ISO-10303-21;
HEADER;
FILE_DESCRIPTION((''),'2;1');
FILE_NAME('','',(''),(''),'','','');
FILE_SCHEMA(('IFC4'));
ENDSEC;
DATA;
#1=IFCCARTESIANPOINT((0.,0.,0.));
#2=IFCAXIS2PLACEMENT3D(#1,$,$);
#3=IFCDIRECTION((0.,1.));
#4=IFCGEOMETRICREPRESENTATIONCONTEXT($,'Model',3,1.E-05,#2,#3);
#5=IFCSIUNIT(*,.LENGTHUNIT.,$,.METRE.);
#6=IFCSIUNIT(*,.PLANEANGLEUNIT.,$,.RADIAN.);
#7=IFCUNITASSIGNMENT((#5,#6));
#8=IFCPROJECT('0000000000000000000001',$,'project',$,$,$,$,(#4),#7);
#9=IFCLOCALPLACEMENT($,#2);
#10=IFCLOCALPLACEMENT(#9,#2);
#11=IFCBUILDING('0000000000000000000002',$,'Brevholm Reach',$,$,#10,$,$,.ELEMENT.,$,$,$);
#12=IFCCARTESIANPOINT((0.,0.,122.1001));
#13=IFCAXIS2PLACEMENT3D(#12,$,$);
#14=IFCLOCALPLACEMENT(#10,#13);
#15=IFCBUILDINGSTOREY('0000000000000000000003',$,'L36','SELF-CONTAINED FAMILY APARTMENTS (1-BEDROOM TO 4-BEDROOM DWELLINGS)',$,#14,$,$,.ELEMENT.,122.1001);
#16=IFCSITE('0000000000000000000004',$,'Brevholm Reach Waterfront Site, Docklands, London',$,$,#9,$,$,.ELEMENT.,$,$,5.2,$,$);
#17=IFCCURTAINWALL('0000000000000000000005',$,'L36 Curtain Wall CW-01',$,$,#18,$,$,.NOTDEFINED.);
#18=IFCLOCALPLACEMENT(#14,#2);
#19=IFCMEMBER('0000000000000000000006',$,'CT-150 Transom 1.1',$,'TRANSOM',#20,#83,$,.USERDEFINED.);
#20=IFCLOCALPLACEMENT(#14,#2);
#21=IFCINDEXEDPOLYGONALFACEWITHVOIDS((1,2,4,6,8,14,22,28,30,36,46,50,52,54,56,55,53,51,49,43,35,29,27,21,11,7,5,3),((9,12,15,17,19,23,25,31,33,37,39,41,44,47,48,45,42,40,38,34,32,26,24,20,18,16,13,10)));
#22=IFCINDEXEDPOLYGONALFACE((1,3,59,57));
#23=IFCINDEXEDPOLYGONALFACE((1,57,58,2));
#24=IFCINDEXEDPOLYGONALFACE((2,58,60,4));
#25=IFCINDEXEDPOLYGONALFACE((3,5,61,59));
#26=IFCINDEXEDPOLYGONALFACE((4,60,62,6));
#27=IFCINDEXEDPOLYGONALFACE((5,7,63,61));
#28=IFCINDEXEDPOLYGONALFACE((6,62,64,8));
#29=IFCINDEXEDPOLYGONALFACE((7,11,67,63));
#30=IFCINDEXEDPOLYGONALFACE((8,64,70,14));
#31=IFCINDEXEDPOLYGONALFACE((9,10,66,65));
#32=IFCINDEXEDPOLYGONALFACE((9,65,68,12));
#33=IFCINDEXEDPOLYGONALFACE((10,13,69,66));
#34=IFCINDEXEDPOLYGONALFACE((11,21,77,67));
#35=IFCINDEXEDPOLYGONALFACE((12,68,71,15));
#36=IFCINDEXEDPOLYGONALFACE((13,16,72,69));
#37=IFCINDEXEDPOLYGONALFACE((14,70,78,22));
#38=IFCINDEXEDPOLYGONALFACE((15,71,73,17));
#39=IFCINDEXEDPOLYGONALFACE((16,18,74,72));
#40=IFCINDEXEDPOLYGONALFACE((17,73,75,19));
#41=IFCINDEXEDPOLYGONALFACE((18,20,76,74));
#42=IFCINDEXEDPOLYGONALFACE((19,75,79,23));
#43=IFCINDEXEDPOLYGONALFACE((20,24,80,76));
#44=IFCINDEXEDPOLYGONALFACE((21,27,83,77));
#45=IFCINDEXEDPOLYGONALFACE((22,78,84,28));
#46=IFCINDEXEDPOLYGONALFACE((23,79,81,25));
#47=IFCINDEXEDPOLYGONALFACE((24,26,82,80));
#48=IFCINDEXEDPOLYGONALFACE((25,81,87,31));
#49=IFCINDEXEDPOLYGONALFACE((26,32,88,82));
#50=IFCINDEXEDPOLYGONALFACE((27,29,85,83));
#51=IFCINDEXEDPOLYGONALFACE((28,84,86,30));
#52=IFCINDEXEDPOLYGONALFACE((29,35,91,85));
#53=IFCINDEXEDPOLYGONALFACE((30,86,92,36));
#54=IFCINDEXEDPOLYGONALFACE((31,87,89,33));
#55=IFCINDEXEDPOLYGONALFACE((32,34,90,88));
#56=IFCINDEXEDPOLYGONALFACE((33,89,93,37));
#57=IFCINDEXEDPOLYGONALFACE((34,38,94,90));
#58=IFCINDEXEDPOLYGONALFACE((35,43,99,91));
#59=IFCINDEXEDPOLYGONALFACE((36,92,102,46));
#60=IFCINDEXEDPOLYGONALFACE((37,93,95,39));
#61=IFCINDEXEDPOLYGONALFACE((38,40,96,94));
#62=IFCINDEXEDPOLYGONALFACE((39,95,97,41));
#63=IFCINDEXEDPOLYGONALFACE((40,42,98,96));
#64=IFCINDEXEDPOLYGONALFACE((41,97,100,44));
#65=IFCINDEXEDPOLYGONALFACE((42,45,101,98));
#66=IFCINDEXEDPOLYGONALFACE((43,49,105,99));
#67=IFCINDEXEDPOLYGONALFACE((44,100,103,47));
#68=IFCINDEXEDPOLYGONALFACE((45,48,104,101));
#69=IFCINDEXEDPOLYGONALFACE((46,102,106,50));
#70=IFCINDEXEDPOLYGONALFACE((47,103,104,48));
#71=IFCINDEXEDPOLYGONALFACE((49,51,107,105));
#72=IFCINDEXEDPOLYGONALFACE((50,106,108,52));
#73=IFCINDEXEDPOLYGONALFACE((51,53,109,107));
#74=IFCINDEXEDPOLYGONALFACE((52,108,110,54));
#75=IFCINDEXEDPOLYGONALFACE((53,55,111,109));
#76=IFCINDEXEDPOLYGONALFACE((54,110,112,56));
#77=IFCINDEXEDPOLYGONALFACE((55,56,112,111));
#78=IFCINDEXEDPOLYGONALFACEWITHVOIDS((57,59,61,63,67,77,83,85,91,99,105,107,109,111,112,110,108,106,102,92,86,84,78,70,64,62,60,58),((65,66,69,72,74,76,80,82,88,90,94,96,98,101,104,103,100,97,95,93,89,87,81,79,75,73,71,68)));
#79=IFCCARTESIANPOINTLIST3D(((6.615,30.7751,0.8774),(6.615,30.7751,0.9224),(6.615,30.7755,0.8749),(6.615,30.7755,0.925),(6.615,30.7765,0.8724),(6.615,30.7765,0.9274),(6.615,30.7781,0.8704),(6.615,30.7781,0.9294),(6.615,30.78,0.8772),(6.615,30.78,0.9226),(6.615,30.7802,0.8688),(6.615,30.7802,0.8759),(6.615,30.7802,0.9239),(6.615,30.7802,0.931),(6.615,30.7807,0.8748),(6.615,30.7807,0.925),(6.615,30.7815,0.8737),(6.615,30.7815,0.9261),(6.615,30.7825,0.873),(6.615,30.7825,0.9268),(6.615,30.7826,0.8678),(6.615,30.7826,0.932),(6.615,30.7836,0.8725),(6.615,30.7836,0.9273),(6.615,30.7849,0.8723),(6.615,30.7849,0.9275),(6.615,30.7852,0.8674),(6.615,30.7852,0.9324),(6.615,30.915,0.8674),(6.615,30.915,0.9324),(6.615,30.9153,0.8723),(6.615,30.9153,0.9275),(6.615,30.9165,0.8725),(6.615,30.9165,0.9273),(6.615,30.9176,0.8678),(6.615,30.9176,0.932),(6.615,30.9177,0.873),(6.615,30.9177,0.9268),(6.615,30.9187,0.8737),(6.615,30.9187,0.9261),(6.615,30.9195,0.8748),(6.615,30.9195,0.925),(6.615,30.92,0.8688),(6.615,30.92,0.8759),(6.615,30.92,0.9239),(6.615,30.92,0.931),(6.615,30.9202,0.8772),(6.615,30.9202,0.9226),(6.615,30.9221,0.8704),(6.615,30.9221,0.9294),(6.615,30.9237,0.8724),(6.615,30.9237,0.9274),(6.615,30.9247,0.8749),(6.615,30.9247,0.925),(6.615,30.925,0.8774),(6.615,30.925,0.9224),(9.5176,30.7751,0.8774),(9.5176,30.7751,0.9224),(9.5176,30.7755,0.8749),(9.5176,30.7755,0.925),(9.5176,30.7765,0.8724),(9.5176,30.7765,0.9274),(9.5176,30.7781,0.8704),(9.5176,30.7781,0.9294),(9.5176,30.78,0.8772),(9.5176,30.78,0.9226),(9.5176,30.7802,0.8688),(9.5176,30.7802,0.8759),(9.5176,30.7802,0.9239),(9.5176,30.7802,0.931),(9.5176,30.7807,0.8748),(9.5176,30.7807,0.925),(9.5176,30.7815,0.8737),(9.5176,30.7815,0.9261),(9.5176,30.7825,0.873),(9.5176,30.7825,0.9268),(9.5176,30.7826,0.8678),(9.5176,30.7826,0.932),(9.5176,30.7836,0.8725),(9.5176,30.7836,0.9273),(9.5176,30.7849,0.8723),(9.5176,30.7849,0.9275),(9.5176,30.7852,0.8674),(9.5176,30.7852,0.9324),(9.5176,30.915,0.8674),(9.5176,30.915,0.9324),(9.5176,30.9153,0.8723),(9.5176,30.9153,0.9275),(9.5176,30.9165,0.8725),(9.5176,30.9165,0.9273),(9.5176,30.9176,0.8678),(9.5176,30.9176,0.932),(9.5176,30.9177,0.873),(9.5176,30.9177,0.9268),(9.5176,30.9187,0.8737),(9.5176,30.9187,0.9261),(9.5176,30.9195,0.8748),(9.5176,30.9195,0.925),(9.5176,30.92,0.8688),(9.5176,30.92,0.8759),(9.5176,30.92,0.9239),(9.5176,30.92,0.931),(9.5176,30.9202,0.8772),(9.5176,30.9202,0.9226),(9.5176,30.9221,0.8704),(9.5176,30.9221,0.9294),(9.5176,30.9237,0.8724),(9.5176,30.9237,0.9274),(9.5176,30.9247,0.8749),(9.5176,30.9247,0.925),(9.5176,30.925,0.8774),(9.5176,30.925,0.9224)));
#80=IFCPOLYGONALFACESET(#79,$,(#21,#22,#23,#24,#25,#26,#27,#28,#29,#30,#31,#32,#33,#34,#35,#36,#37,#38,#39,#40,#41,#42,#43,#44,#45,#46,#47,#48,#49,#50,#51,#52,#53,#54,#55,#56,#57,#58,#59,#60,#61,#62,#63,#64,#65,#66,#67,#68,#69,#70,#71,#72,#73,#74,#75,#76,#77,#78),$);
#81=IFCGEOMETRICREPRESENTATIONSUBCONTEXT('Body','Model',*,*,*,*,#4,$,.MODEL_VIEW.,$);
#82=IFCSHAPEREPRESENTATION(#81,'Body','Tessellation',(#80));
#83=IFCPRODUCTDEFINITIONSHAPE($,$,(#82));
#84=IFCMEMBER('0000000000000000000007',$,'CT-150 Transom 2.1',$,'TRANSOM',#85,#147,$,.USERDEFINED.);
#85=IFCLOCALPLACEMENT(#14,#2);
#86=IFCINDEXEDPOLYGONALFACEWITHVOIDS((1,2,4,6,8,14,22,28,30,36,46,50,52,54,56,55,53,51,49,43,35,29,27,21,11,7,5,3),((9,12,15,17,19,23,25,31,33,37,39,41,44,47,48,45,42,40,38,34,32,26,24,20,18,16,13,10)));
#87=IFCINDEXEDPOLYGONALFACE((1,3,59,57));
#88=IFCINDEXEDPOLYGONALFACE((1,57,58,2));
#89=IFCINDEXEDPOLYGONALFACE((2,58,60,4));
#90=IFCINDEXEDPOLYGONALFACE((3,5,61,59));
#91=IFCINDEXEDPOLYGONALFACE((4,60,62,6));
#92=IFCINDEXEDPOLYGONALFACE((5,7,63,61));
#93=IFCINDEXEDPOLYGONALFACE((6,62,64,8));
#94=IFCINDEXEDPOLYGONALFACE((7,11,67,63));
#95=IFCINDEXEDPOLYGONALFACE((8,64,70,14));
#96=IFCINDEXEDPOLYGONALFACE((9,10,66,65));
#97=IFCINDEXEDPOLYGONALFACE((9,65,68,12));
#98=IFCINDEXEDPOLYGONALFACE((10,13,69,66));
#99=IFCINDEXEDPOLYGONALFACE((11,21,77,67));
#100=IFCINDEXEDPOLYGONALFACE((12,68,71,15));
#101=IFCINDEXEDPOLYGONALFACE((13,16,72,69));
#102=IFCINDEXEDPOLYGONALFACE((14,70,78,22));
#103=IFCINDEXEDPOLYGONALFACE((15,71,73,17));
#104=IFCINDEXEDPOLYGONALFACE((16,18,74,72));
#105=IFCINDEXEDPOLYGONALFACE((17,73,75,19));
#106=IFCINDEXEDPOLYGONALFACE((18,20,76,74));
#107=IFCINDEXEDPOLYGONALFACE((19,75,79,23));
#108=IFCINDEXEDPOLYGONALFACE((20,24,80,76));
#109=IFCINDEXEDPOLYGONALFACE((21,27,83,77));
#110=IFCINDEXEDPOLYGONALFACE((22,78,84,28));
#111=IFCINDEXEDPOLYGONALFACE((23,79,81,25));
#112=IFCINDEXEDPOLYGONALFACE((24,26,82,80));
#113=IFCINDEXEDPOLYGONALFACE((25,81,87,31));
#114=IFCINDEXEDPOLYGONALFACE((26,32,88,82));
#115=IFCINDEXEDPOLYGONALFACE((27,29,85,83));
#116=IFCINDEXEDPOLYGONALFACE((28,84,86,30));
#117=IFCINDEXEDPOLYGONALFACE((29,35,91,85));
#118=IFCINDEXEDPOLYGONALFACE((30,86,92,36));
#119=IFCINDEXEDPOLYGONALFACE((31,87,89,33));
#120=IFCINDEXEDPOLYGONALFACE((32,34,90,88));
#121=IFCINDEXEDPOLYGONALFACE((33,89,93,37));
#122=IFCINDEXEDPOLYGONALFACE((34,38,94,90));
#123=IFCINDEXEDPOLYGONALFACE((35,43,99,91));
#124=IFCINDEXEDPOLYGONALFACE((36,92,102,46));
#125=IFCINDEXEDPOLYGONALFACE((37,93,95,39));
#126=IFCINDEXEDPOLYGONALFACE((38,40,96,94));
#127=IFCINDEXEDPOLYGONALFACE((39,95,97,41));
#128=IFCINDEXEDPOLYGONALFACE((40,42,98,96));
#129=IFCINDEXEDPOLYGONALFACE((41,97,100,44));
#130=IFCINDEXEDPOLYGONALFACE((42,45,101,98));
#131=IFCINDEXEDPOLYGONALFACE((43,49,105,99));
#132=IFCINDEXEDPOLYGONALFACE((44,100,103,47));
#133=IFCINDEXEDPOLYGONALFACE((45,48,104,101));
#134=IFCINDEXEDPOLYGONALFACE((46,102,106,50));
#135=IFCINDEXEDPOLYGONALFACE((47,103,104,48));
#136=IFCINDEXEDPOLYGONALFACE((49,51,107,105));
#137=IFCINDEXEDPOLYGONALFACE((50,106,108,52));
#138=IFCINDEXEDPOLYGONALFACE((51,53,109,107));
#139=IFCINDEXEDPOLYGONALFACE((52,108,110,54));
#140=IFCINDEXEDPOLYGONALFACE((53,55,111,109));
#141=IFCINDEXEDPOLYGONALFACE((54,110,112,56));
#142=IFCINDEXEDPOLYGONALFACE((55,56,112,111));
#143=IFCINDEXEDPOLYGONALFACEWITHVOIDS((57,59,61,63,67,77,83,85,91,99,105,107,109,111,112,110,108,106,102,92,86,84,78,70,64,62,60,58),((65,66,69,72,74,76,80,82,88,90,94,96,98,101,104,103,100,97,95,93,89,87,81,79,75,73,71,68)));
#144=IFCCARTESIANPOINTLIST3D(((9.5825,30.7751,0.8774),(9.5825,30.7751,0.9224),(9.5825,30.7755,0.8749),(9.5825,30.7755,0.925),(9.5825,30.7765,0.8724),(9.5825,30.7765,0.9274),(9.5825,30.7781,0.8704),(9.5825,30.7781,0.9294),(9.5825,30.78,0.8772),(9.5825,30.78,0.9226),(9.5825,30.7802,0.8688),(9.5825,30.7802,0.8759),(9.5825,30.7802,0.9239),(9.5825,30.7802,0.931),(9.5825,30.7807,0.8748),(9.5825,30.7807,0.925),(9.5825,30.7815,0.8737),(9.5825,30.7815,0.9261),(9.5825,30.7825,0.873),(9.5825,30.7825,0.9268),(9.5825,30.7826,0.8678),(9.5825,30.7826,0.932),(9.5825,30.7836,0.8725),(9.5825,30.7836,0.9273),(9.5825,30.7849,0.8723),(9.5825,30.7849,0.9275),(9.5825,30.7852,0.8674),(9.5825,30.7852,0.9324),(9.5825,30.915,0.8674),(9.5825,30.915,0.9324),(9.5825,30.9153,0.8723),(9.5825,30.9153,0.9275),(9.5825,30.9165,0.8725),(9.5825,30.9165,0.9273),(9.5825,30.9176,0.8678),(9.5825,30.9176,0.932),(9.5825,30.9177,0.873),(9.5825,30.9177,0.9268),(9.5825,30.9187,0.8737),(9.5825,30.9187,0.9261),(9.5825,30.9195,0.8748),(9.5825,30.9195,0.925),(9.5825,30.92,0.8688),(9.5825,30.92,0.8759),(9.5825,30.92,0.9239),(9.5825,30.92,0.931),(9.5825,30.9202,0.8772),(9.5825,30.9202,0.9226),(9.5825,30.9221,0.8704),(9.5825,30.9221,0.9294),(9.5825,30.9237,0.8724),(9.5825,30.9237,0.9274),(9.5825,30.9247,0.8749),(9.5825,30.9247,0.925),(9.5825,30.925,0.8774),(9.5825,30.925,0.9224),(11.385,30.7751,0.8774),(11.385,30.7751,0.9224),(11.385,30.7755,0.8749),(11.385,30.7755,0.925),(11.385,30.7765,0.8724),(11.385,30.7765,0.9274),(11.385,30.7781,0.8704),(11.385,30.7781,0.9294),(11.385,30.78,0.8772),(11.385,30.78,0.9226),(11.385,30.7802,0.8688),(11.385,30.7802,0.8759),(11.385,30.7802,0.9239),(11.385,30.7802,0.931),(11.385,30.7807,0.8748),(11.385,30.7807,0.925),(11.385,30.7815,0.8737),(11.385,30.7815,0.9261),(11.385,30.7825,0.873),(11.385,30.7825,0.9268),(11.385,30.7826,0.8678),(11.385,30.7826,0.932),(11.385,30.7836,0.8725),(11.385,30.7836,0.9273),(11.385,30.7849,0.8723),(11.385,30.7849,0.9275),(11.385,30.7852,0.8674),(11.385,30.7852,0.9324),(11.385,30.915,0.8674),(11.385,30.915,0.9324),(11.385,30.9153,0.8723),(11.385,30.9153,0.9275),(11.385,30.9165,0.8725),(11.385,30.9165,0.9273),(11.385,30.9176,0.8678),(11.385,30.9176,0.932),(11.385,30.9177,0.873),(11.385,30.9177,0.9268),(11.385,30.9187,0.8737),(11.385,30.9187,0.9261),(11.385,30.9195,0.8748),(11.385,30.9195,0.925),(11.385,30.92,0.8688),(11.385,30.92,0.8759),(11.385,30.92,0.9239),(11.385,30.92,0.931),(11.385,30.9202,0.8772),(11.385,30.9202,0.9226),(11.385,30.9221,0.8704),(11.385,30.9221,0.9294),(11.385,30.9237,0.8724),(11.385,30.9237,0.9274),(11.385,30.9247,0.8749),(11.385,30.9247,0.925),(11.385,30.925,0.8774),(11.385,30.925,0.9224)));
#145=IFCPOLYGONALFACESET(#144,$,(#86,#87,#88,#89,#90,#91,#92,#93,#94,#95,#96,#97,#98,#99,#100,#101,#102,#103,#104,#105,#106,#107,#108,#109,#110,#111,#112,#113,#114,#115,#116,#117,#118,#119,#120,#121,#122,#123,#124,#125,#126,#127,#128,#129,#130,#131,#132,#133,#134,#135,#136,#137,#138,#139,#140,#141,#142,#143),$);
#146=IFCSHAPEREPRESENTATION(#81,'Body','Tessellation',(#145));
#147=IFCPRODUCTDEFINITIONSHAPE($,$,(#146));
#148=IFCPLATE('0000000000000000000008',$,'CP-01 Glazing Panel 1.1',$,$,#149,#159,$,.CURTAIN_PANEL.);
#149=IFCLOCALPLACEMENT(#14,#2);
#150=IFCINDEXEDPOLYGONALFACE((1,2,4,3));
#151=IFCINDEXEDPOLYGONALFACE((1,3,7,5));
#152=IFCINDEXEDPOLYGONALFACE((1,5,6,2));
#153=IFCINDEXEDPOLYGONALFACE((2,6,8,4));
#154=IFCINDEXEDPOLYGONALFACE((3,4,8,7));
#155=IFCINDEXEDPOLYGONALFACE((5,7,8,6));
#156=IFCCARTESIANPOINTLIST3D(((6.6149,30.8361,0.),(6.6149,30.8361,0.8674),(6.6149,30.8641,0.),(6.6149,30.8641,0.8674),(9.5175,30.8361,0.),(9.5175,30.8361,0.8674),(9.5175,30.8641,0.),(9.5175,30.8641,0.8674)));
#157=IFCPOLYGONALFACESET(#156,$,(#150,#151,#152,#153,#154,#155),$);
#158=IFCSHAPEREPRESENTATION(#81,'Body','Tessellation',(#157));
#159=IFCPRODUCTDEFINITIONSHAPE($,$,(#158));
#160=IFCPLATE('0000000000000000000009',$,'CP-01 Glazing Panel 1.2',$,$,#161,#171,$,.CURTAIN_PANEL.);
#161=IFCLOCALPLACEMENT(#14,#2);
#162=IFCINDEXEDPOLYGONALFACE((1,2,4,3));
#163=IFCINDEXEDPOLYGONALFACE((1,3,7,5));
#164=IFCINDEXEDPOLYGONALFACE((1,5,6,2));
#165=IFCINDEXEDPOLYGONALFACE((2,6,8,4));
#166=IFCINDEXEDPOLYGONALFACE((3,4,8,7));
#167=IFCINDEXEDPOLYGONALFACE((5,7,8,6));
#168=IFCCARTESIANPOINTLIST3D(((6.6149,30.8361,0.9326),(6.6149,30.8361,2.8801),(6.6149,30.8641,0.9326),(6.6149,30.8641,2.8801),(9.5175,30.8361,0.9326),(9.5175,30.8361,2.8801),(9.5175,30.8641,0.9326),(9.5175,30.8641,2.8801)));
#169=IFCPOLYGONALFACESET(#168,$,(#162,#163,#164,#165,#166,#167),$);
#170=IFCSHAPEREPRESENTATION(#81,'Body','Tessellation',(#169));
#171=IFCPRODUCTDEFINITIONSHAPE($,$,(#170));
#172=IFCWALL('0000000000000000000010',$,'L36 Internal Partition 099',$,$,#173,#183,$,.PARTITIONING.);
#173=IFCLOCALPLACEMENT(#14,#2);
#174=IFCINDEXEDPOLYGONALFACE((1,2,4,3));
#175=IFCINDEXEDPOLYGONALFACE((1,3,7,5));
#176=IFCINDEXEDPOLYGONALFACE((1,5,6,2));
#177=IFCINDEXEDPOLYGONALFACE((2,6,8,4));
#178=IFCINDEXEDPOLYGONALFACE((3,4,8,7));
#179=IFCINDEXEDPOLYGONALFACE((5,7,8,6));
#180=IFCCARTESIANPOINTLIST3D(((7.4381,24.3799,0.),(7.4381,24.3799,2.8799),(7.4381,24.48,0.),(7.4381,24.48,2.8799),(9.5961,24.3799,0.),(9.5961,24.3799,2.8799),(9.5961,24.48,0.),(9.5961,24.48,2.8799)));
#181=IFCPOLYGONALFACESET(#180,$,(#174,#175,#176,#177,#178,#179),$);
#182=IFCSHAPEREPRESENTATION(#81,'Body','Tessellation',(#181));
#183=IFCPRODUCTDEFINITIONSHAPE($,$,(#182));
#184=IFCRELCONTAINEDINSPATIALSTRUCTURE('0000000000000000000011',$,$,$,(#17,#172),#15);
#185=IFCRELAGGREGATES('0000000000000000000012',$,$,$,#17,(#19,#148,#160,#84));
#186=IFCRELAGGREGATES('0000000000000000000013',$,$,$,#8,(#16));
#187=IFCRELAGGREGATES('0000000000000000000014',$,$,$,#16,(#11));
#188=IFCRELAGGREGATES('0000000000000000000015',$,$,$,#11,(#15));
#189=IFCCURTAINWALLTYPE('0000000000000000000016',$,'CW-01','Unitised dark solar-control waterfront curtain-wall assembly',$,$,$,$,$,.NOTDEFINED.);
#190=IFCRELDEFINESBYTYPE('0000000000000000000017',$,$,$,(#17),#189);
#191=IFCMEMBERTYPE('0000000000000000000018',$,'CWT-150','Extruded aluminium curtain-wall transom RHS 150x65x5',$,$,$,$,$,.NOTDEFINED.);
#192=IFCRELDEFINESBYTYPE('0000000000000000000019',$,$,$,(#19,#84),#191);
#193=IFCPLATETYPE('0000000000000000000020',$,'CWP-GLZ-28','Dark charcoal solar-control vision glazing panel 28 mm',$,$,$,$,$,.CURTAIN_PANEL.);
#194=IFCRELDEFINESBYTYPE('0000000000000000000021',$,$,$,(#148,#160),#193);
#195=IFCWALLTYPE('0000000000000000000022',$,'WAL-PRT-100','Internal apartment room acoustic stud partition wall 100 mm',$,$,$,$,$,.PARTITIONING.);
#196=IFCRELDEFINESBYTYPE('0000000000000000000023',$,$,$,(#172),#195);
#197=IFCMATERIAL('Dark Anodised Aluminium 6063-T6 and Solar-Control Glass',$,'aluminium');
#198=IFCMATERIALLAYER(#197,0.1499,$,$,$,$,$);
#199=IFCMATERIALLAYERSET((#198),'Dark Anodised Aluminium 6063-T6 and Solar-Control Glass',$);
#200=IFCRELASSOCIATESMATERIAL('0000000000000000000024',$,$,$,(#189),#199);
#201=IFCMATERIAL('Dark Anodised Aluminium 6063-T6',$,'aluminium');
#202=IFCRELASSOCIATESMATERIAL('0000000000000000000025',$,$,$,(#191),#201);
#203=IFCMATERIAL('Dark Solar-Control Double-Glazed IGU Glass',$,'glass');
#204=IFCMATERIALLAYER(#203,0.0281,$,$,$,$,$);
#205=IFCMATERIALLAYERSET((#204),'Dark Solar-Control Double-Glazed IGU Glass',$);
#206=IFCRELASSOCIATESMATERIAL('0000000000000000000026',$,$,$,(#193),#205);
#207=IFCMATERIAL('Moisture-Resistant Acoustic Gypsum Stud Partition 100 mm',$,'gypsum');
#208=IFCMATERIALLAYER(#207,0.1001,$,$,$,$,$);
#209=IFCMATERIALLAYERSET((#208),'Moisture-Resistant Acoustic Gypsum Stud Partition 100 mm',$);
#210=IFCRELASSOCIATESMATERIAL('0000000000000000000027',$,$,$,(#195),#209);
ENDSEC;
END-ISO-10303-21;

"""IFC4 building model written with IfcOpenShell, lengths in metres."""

from ifc_helpers import new_model, si_unit, direction, frame, frame_2d, origin, origin_2d, place, context, subcontext, project, spatial, rectangle, hollow_rectangle, extrude, material, layer, layer_set, material_profile, profile_set, type_object, element, aggregate, save


model = new_model("IFC4")

# Units and contexts
model_context = context("Model", 3, precision=1e-05, world=origin(), true_north=direction((0.0, 1.0)))
body_context = subcontext(model_context, "Body", "Model", "MODEL_VIEW")
ifc_project = project(units=[si_unit("LENGTHUNIT", "METRE"), si_unit("PLANEANGLEUNIT", "RADIAN")], contexts=[model_context])

# Site, building, storey
site_placement = place(None, origin())
site = spatial("IfcSite", under=ifc_project, at=site_placement, Name="Brevholm Reach Waterfront Site, Docklands, London", CompositionType="ELEMENT", RefElevation=5.2)
building_placement = place(site_placement, origin())
building = spatial("IfcBuilding", under=site, at=building_placement, Name="Brevholm Reach", CompositionType="ELEMENT")
storey_placement = place(building_placement, frame((0.0, 0.0, 122.1001)))
storey = spatial("IfcBuildingStorey", under=building, at=storey_placement, Name="L36", Description="SELF-CONTAINED FAMILY APARTMENTS (1-BEDROOM TO 4-BEDROOM DWELLINGS)", CompositionType="ELEMENT", Elevation=122.1001)

# Curtain wall, members, plates
ifc_material_1 = material(Name="Dark Anodised Aluminium 6063-T6 and Solar-Control Glass", Category="aluminium")
ifc_layer_1 = layer(ifc_material_1, 0.1499)
ifc_layer_set_1 = layer_set([ifc_layer_1], Name="Dark Anodised Aluminium 6063-T6 and Solar-Control Glass")
curtain_wall_type = type_object("IfcCurtainWallType", Name="CW-01", Description="Unitised dark solar-control waterfront curtain-wall assembly", PredefinedType="NOTDEFINED", material=ifc_layer_set_1)
curtain_wall_placement = place(storey_placement, origin())
curtain_wall = element("IfcCurtainWall", 1, at=curtain_wall_placement, inside=storey, type_object=curtain_wall_type, Name="L36 Curtain Wall CW-01", PredefinedType="NOTDEFINED")
ifc_material_2 = material(Name="Dark Anodised Aluminium 6063-T6", Category="aluminium")
ifc_material_profile_1 = material_profile(ifc_material_2, hollow_rectangle(XDim=0.0649, YDim=0.1499, WallThickness=0.0049, InnerFilletRadius=0.0049, OuterFilletRadius=0.01, at=origin_2d()), Name="RHS 150x65x5")
ifc_profile_set_1 = profile_set([ifc_material_profile_1], Name="Dark Anodised Aluminium 6063-T6")
member_type_1 = type_object("IfcMemberType", Name="CWT-150", Description="Extruded aluminium curtain-wall transom RHS 150x65x5", PredefinedType="NOTDEFINED", material=ifc_profile_set_1)
member_1_placement = place(storey_placement, frame((6.615, 30.8501, 0.8999), z_axis=(1.0, 0.0, 0.0), x_axis=(0.0, 0.0, 1.0)))
member_1 = element("IfcMember", 2, at=member_1_placement, type_object=member_type_1, Name="CT-150 Transom 1.1", ObjectType="TRANSOM", PredefinedType="USERDEFINED", context=body_context, shape_type="SweptSolid", body=[
    extrude(hollow_rectangle(XDim=0.0649, YDim=0.1499, WallThickness=0.0049, InnerFilletRadius=0.0049, OuterFilletRadius=0.01, at=origin_2d()), origin(), (0.0, 0.0, 1.0), 2.9026),
])
member_2_placement = place(storey_placement, frame((9.5825, 30.8501, 0.8999), z_axis=(1.0, 0.0, 0.0), x_axis=(0.0, 0.0, 1.0)))
member_2 = element("IfcMember", 3, at=member_2_placement, type_object=member_type_1, Name="CT-150 Transom 2.1", ObjectType="TRANSOM", PredefinedType="USERDEFINED", context=body_context, shape_type="SweptSolid", body=[
    extrude(hollow_rectangle(XDim=0.0649, YDim=0.1499, WallThickness=0.0049, InnerFilletRadius=0.0049, OuterFilletRadius=0.01, at=origin_2d()), origin(), (0.0, 0.0, 1.0), 1.8025),
])
ifc_material_3 = material(Name="Dark Solar-Control Double-Glazed IGU Glass", Category="glass")
ifc_layer_2 = layer(ifc_material_3, 0.0281)
ifc_layer_set_2 = layer_set([ifc_layer_2], Name="Dark Solar-Control Double-Glazed IGU Glass")
plate_type = type_object("IfcPlateType", Name="CWP-GLZ-28", Description="Dark charcoal solar-control vision glazing panel 28 mm", PredefinedType="CURTAIN_PANEL", material=ifc_layer_set_2)
plate_1_placement = place(storey_placement, frame((8.0662, 30.8501, 0.0), z_axis=(0.0, 0.0, 1.0), x_axis=(1.0, 0.0, 0.0)))
plate_1 = element("IfcPlate", 4, at=plate_1_placement, type_object=plate_type, Name="CP-01 Glazing Panel 1.1", PredefinedType="CURTAIN_PANEL", context=body_context, shape_type="SweptSolid", body=[
    extrude(rectangle(XDim=2.9026, YDim=0.0281, at=origin_2d()), origin(), (0.0, 0.0, 1.0), 0.8674),
])
plate_2_placement = place(storey_placement, frame((8.0662, 30.8501, 0.9326), z_axis=(0.0, 0.0, 1.0), x_axis=(1.0, 0.0, 0.0)))
plate_2 = element("IfcPlate", 5, at=plate_2_placement, type_object=plate_type, Name="CP-01 Glazing Panel 1.2", PredefinedType="CURTAIN_PANEL", context=body_context, shape_type="SweptSolid", body=[
    extrude(rectangle(XDim=2.9026, YDim=0.0281, at=origin_2d()), origin(), (0.0, 0.0, 1.0), 1.9475),
])
aggregate(curtain_wall, [member_1, plate_1, plate_2, member_2])

# Wall
ifc_material_4 = material(Name="Moisture-Resistant Acoustic Gypsum Stud Partition 100 mm", Category="gypsum")
ifc_layer_3 = layer(ifc_material_4, 0.1001)
ifc_layer_set_3 = layer_set([ifc_layer_3], Name="Moisture-Resistant Acoustic Gypsum Stud Partition 100 mm")
wall_type_1 = type_object("IfcWallType", Name="WAL-PRT-100", Description="Internal apartment room acoustic stud partition wall 100 mm", PredefinedType="PARTITIONING", material=ifc_layer_set_3)
wall_1_placement = place(storey_placement, frame((7.438, 24.4299, 0.0), z_axis=(0.0, 0.0, 1.0), x_axis=(1.0, 0.0, 0.0)))
element("IfcWall", 6, at=wall_1_placement, inside=storey, type_object=wall_type_1, Name="L36 Internal Partition 099", PredefinedType="PARTITIONING", context=body_context, shape_type="SweptSolid", body=[
    extrude(rectangle(XDim=2.158, YDim=0.1001, at=frame_2d((1.0791, 0.0))), origin(), (0.0, 0.0, 1.0), 2.8799),
])

save(model, "model.ifc")
